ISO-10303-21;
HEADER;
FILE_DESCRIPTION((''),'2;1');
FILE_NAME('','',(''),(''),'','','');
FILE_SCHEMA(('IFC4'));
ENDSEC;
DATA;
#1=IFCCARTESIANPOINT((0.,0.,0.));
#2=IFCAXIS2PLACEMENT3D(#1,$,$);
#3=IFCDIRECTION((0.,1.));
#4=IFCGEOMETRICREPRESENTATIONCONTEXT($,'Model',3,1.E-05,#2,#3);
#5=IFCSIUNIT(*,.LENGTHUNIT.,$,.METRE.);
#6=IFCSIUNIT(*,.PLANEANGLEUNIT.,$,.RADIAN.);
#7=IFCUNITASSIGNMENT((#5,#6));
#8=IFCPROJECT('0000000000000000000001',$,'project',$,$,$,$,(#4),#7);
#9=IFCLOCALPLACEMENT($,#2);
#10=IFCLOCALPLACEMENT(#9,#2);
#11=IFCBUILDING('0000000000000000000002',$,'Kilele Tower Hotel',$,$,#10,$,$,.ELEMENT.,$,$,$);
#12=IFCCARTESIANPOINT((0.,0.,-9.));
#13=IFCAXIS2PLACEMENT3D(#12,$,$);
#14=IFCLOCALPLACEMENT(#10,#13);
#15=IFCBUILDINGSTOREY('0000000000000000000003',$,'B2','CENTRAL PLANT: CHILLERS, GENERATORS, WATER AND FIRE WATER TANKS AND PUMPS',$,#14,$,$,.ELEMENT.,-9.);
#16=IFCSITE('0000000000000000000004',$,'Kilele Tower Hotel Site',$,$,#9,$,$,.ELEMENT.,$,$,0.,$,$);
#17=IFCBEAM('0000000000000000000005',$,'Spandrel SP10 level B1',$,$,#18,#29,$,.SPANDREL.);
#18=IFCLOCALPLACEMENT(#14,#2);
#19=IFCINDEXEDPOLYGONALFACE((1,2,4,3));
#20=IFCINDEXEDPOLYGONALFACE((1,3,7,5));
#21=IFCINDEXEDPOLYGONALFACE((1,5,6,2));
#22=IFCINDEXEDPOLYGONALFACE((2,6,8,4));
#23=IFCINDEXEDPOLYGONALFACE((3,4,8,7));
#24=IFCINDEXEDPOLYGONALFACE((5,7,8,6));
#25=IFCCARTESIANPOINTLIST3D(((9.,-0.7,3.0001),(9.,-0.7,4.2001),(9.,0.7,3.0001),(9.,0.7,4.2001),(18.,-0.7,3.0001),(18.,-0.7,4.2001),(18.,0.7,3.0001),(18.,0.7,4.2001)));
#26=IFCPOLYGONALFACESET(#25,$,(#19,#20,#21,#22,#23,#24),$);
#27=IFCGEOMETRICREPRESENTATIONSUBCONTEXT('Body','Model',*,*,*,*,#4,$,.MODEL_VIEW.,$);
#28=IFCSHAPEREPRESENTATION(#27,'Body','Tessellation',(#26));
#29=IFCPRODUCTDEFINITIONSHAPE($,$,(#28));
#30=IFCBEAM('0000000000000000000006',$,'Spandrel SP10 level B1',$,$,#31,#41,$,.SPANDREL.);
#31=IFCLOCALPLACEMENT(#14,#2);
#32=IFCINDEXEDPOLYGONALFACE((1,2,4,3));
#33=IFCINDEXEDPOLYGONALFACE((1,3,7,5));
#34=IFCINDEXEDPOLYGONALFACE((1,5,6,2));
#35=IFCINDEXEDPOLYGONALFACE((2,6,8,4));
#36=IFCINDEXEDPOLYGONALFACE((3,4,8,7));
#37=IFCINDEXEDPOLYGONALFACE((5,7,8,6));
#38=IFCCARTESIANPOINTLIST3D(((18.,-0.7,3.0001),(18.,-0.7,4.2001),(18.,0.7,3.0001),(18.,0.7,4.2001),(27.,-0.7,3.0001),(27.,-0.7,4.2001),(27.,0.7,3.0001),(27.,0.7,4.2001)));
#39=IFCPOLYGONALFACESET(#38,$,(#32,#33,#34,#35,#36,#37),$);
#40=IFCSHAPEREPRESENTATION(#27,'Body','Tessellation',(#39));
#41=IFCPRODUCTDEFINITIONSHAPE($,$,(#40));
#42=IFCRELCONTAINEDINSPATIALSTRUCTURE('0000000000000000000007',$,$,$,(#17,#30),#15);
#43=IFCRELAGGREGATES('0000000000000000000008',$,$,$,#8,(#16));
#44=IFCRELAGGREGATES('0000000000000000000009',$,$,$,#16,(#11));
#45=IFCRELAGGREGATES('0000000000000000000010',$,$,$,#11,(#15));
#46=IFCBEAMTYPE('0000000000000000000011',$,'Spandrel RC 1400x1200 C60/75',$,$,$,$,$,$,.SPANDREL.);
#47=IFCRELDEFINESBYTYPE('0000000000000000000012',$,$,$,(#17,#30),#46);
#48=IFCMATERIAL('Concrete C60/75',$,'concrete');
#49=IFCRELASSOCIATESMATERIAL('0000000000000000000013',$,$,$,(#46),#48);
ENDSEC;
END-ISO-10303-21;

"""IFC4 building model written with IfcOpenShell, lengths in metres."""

from ifc_helpers import new_model, si_unit, direction, frame, origin, origin_2d, place, context, subcontext, project, spatial, rectangle, extrude, material, material_profile, profile_set, type_object, element, save


model = new_model("IFC4")

# Units and contexts
model_context = context("Model", 3, precision=1e-05, world=origin(), true_north=direction((0.0, 1.0)))
body_context = subcontext(model_context, "Body", "Model", "MODEL_VIEW")
ifc_project = project(units=[si_unit("LENGTHUNIT", "METRE"), si_unit("PLANEANGLEUNIT", "RADIAN")], contexts=[model_context])

# Site, building, storey
site_placement = place(None, origin())
site = spatial("IfcSite", under=ifc_project, at=site_placement, Name="Kilele Tower Hotel Site", CompositionType="ELEMENT", RefElevation=0.0)
building_placement = place(site_placement, origin())
building = spatial("IfcBuilding", under=site, at=building_placement, Name="Kilele Tower Hotel", CompositionType="ELEMENT")
storey_placement = place(building_placement, frame((0.0, 0.0, -9.0)))
storey = spatial("IfcBuildingStorey", under=building, at=storey_placement, Name="B2", Description="CENTRAL PLANT: CHILLERS, GENERATORS, WATER AND FIRE WATER TANKS AND PUMPS", CompositionType="ELEMENT", Elevation=-9.0)

# Beams
ifc_material_1 = material(Name="Concrete C60/75", Category="concrete")
ifc_material_profile_1 = material_profile(ifc_material_1, rectangle(XDim=1.3999, YDim=1.2, at=origin_2d()))
ifc_profile_set_1 = profile_set([ifc_material_profile_1], Name="Concrete C60/75")
beam_type_1 = type_object("IfcBeamType", Name="Spandrel RC 1400x1200 C60/75", PredefinedType="SPANDREL", material=ifc_profile_set_1)
for number, where, z_axis, x_axis, name in (
    (1, (9.0, 0.0, 3.6001), (1.0, 0.0, 0.0), (0.0, 1.0, 0.0), "Spandrel SP10 level B1"),
    (2, (18.0, 0.0, 3.6001), (1.0, 0.0, 0.0), (0.0, 1.0, 0.0), "Spandrel SP10 level B1"),
):
    element("IfcBeam", number, at=place(storey_placement, frame(where, z_axis=z_axis, x_axis=x_axis)), inside=storey, type_object=beam_type_1, Name=name, PredefinedType="SPANDREL", context=body_context, shape_type="SweptSolid", body=[
        extrude(rectangle(XDim=1.3999, YDim=1.2, at=origin_2d()), origin(), (0.0, 0.0, 1.0), 9.0),
    ])

save(model, "model.ifc")
